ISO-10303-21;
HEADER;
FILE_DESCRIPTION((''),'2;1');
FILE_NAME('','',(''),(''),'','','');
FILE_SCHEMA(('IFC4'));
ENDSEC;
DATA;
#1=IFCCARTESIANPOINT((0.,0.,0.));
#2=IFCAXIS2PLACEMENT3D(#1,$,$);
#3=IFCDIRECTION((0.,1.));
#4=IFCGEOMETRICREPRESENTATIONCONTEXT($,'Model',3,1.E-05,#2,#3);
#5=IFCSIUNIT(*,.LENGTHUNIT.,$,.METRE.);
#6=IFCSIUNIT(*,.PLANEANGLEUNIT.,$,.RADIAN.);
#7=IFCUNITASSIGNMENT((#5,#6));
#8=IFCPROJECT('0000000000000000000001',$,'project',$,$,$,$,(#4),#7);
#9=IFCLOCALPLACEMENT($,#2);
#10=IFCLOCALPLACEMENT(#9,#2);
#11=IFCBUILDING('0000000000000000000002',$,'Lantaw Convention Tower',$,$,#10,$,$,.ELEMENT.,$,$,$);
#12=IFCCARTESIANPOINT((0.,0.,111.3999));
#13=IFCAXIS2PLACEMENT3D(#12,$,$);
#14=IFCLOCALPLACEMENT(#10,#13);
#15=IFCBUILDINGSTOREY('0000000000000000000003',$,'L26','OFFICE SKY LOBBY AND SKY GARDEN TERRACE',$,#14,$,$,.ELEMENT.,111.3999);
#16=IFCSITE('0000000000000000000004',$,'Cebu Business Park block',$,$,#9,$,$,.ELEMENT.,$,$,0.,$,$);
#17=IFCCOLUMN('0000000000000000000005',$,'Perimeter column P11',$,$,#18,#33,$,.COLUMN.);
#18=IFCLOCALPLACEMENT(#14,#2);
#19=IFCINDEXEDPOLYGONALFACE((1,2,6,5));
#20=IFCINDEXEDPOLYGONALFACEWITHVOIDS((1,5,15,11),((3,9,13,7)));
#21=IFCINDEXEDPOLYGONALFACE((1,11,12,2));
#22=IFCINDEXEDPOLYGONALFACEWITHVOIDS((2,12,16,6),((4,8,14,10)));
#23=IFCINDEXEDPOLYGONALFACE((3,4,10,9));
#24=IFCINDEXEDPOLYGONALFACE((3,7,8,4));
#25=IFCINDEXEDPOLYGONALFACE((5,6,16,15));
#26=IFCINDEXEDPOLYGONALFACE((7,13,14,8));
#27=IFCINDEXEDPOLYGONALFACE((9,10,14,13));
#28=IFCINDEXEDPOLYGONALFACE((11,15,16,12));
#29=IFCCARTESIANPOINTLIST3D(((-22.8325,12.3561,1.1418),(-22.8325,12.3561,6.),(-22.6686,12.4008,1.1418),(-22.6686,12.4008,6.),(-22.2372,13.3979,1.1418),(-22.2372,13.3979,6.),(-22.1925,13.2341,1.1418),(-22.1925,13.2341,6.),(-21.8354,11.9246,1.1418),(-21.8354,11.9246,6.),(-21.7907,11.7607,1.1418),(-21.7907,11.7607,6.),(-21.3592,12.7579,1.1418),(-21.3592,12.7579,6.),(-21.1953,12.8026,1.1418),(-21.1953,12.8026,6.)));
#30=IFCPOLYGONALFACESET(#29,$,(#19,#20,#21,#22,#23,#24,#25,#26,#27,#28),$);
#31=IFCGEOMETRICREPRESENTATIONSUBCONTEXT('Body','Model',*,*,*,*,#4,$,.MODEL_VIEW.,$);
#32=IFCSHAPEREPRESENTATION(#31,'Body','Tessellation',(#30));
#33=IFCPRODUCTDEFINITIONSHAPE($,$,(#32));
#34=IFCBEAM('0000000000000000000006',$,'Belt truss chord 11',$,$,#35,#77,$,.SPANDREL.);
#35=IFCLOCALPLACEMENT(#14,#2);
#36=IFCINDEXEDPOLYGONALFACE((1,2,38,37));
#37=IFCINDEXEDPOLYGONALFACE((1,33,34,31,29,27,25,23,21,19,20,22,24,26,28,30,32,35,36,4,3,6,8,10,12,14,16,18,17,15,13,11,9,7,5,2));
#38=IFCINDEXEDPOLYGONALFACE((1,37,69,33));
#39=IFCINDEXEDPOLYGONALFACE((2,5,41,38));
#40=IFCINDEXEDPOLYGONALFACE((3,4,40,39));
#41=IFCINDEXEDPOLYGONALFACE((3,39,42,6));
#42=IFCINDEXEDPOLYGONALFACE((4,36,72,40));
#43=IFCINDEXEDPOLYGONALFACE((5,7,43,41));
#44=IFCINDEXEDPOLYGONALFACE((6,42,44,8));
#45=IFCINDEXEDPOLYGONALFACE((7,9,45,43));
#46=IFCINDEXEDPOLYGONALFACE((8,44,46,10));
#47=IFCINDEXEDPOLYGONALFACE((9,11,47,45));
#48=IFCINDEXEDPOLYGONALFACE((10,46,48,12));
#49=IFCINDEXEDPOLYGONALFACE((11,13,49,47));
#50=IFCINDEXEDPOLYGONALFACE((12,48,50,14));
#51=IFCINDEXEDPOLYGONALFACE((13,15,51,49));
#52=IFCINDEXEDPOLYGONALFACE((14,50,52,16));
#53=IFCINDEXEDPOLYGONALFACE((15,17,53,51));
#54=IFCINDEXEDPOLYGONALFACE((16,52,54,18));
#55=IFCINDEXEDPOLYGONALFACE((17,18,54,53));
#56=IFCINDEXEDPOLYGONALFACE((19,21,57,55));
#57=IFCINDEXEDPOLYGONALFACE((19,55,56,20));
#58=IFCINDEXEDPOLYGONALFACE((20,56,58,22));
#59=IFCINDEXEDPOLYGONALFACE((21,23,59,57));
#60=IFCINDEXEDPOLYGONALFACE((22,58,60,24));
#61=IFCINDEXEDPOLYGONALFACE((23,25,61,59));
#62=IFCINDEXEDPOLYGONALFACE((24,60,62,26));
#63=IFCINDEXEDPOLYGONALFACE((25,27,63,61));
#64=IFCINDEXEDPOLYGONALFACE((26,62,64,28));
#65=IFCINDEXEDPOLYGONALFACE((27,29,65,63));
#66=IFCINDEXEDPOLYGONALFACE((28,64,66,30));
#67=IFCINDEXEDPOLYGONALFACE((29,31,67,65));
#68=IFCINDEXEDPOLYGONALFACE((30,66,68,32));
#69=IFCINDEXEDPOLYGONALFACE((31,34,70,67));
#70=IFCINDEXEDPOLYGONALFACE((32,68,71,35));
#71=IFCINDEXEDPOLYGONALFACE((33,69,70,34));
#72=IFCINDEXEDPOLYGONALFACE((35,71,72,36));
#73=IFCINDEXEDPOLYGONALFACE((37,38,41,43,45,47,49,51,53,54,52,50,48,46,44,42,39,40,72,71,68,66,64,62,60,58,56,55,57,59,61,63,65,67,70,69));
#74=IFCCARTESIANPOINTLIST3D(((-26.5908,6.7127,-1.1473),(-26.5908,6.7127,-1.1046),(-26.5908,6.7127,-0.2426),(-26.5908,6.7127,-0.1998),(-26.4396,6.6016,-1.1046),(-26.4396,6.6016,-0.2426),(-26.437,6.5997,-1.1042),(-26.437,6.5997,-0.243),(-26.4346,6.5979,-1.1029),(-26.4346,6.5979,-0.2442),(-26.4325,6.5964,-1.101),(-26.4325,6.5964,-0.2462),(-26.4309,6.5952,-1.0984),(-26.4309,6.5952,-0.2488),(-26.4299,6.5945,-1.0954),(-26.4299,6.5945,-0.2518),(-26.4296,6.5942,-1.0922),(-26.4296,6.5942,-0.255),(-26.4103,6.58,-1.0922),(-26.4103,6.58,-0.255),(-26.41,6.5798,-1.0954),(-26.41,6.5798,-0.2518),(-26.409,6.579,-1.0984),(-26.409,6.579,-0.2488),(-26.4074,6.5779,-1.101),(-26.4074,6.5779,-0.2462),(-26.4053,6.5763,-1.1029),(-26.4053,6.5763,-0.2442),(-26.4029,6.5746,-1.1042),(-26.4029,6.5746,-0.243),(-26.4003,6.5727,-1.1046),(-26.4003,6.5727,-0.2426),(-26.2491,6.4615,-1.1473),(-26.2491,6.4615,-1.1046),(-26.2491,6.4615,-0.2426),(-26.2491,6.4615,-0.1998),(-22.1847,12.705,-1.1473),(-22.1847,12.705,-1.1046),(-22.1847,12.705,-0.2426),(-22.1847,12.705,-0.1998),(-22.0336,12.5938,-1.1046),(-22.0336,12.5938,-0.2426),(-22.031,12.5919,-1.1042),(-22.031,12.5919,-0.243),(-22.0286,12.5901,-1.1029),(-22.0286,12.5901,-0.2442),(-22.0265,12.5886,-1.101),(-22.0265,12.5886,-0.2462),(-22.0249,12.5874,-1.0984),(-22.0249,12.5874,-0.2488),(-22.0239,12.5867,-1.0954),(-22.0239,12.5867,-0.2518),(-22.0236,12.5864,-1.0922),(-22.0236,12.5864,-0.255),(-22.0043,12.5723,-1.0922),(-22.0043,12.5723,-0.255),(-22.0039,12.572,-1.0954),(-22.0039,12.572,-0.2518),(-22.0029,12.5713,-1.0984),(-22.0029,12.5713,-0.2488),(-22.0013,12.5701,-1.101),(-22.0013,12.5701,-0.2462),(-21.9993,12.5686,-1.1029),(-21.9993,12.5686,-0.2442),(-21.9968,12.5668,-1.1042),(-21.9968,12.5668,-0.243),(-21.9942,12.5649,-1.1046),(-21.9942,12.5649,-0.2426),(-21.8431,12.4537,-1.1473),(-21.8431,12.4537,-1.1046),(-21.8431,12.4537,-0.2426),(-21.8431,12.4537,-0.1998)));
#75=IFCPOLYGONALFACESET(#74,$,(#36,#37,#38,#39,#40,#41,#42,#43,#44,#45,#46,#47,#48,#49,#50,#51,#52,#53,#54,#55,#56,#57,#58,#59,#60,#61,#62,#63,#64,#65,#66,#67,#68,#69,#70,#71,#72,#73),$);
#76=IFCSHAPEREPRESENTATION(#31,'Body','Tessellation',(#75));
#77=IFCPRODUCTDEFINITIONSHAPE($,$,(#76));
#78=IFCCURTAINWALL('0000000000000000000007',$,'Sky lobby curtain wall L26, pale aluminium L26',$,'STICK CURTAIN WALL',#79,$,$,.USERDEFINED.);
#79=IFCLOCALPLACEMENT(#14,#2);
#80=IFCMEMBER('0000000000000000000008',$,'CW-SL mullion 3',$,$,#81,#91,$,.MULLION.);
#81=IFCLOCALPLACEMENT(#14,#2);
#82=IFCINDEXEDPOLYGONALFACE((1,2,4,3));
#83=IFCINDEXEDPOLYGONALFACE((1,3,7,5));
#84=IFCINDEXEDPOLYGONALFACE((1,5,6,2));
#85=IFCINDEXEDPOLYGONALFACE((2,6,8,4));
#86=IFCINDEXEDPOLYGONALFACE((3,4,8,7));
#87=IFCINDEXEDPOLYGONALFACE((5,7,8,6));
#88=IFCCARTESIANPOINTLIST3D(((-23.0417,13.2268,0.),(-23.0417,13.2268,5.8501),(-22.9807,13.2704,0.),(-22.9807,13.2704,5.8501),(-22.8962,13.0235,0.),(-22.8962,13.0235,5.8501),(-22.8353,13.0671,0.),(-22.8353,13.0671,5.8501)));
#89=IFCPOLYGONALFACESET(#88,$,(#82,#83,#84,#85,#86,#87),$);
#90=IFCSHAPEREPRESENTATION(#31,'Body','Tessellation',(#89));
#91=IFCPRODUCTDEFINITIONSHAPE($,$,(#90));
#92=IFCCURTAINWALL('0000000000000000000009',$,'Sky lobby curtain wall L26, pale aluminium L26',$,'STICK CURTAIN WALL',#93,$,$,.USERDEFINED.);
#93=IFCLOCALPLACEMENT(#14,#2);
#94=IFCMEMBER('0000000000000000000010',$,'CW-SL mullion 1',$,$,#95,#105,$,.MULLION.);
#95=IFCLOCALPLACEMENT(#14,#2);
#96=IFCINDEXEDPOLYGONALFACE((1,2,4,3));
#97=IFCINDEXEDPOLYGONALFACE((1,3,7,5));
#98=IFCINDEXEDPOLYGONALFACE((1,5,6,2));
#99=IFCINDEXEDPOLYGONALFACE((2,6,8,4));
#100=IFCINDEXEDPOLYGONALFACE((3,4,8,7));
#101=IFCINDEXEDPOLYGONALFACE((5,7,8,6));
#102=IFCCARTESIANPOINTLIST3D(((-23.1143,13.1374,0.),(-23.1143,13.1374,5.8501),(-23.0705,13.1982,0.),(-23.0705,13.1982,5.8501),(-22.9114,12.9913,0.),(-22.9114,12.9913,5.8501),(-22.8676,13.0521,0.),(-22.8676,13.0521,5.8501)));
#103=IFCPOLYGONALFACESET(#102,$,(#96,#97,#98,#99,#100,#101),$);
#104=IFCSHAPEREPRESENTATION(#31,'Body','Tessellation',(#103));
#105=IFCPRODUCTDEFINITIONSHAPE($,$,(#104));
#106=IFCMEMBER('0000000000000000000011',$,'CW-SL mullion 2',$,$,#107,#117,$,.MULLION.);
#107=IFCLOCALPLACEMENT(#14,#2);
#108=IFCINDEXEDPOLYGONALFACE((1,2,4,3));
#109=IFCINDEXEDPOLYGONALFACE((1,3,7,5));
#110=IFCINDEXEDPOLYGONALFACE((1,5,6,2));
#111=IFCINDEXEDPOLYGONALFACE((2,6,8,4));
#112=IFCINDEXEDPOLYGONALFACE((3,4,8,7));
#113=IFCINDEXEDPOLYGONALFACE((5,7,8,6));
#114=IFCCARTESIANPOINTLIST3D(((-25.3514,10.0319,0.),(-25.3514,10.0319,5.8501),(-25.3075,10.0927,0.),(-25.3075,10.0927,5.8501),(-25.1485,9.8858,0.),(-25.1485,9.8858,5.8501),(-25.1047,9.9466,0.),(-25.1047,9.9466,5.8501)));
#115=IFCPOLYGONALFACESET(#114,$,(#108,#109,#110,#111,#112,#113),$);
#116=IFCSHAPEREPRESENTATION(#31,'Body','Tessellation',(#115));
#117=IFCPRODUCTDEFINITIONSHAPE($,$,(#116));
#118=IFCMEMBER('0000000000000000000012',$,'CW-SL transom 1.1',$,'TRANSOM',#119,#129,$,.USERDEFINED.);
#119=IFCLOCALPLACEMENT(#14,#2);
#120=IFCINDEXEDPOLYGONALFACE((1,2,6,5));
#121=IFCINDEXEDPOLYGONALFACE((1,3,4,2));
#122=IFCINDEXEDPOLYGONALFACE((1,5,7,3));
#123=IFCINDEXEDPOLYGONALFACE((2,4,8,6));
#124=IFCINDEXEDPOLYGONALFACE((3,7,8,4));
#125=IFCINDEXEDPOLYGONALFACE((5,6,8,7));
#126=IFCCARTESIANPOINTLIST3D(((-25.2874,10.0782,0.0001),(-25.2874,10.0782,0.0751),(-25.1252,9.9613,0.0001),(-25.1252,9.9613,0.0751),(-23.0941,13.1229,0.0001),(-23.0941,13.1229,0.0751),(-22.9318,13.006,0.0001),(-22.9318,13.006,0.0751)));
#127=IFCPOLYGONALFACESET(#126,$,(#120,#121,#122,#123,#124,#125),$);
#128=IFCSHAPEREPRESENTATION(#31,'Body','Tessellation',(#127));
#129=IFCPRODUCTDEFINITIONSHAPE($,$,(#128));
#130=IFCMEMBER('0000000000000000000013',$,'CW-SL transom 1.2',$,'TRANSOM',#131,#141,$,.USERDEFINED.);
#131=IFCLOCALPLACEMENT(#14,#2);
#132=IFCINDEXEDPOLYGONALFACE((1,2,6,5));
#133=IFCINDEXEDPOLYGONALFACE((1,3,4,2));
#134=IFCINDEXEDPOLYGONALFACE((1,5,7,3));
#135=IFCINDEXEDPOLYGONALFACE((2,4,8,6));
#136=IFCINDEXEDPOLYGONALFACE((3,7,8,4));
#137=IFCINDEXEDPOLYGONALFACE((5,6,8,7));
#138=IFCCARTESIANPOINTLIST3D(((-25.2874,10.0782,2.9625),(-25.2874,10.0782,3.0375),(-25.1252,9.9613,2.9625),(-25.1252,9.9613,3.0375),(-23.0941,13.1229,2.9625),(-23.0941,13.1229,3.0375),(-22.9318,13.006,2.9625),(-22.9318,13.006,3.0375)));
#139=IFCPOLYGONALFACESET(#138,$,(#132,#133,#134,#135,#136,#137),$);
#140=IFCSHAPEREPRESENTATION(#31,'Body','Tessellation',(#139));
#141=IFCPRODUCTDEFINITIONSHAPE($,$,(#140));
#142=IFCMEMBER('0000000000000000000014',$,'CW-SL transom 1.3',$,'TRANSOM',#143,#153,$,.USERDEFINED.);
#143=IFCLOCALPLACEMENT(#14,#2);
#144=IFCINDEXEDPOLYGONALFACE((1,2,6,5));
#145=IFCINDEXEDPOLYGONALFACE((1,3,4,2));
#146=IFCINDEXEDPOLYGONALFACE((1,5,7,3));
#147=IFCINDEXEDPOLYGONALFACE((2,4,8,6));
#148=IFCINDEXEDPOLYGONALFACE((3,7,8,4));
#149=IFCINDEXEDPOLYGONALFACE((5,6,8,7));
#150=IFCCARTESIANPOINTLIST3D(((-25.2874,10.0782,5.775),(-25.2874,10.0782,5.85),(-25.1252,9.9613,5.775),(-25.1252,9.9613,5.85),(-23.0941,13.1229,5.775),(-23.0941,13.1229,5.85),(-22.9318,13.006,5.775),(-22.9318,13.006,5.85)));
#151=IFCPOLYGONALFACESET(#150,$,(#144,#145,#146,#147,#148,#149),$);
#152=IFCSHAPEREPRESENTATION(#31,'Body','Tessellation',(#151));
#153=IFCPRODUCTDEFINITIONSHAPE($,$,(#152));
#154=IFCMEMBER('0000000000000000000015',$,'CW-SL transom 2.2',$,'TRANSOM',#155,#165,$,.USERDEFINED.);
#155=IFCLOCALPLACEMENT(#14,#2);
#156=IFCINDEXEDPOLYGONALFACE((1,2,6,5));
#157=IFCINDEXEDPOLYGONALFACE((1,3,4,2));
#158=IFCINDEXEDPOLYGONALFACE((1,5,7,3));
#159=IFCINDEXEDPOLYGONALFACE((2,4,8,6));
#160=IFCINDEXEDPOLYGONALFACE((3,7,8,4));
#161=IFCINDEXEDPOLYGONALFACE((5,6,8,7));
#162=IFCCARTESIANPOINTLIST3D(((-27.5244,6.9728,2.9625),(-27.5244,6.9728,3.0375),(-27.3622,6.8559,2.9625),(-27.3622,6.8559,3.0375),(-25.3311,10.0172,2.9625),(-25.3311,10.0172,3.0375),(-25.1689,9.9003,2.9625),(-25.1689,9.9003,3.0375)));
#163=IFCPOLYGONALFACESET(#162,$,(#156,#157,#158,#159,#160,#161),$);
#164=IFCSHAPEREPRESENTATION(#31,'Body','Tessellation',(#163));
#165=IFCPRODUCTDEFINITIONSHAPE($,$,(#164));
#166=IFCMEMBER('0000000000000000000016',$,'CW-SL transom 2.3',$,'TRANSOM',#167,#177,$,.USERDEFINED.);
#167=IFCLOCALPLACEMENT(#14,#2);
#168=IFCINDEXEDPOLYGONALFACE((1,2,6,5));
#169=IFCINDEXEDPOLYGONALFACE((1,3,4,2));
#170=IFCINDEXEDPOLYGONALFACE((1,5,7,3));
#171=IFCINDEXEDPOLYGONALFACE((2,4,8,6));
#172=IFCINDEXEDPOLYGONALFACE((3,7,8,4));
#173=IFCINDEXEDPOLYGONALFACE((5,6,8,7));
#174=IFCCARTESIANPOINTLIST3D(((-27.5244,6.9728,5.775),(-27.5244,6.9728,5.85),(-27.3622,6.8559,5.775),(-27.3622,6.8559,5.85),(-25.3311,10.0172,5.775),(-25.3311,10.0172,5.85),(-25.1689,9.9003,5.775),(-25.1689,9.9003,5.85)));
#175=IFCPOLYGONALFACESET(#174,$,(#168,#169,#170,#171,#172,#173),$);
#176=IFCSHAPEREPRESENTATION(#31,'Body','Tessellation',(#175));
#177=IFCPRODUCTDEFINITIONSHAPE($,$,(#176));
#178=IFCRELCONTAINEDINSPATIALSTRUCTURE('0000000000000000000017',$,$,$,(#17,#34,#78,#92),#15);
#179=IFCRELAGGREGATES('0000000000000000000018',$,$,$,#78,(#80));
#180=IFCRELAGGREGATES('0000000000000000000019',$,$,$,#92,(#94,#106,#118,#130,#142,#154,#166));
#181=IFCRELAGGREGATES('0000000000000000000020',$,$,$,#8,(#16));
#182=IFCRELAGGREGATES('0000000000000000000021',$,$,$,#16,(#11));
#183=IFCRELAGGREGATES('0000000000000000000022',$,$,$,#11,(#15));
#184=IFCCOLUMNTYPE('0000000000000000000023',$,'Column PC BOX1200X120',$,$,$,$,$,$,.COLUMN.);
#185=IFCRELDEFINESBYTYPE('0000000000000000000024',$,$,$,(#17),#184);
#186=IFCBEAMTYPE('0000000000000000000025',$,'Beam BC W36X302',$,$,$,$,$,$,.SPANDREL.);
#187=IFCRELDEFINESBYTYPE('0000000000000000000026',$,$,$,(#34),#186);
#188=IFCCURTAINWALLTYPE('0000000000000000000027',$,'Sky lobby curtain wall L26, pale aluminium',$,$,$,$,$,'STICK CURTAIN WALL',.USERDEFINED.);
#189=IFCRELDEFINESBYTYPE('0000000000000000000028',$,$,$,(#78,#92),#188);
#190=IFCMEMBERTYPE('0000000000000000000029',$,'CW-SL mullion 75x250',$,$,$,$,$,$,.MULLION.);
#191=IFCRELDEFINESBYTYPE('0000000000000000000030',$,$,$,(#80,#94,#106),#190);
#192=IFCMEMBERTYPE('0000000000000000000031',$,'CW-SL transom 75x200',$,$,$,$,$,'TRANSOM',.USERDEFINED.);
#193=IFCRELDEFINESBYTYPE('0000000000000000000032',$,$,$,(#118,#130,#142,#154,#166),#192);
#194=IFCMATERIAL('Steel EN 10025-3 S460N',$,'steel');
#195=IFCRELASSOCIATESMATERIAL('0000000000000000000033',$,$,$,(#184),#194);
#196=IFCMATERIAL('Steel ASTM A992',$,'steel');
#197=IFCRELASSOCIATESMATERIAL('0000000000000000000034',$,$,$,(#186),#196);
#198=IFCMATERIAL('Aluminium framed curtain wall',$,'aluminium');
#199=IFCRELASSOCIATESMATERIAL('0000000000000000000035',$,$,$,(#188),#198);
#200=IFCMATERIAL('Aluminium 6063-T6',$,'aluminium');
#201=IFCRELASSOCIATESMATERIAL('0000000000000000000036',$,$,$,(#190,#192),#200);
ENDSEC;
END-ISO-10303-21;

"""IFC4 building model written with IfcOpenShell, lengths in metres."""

from ifc_helpers import new_model, si_unit, direction, frame, origin, origin_2d, place, context, subcontext, project, spatial, rectangle, hollow_rectangle, i_section, extrude, material, material_profile, profile_set, type_object, element, aggregate, save


model = new_model("IFC4")

# Units and contexts
model_context = context("Model", 3, precision=1e-05, world=origin(), true_north=direction((0.0, 1.0)))
body_context = subcontext(model_context, "Body", "Model", "MODEL_VIEW")
ifc_project = project(units=[si_unit("LENGTHUNIT", "METRE"), si_unit("PLANEANGLEUNIT", "RADIAN")], contexts=[model_context])

# Site, building, storey
site_placement = place(None, origin())
site = spatial("IfcSite", under=ifc_project, at=site_placement, Name="Cebu Business Park block", CompositionType="ELEMENT", RefElevation=0.0)
building_placement = place(site_placement, origin())
building = spatial("IfcBuilding", under=site, at=building_placement, Name="Lantaw Convention Tower", CompositionType="ELEMENT")
storey_placement = place(building_placement, frame((0.0, 0.0, 111.3999)))
storey = spatial("IfcBuildingStorey", under=building, at=storey_placement, Name="L26", Description="OFFICE SKY LOBBY AND SKY GARDEN TERRACE", CompositionType="ELEMENT", Elevation=111.3999)

# Column
ifc_material_1 = material(Name="Steel EN 10025-3 S460N", Category="steel")
ifc_material_profile_1 = material_profile(ifc_material_1, hollow_rectangle(XDim=1.2, YDim=1.2, WallThickness=0.1201, at=origin_2d()), Name="BOX1200X120")
ifc_material_2 = material(Name="Concrete C60/75", Category="concrete")
ifc_material_profile_2 = material_profile(ifc_material_2, rectangle(XDim=0.96, YDim=0.96, at=origin_2d()), Name="Concrete fill of BOX1200X120")
ifc_profile_set_1 = profile_set([ifc_material_profile_1, ifc_material_profile_2], Name="Steel EN 10025-3 S460N")
column_type = type_object("IfcColumnType", Name="Column PC BOX1200X120", PredefinedType="COLUMN", material=ifc_profile_set_1)
column_placement = place(storey_placement, frame((-22.0139, 12.5793, 1.1418), z_axis=(0.0, 0.0, 1.0), x_axis=(0.496139, 0.868243, 0.0)))
element("IfcColumn", 1, at=column_placement, inside=storey, type_object=column_type, Name="Perimeter column P11", PredefinedType="COLUMN", context=body_context, shape_type="SweptSolid", body=[
    extrude(hollow_rectangle(XDim=1.2, YDim=1.2, WallThickness=0.1201, at=origin_2d()), origin(), (0.0, 0.0, 1.0), 4.8582),
])

# Beam
ifc_material_3 = material(Name="Steel ASTM A992", Category="steel")
ifc_material_profile_3 = material_profile(ifc_material_3, i_section(OverallWidth=0.4241, OverallDepth=0.9475, WebThickness=0.0239, FlangeThickness=0.0427, FilletRadius=0.0125, at=origin_2d()), Name="W36X302")
ifc_profile_set_2 = profile_set([ifc_material_profile_3], Name="Steel ASTM A992")
beam_type = type_object("IfcBeamType", Name="Beam BC W36X302", PredefinedType="SPANDREL", material=ifc_profile_set_2)
beam_placement = place(storey_placement, frame((-22.0139, 12.5793, -0.6736), z_axis=(-0.592389, -0.805652, 0.0), x_axis=(0.805652, -0.592389, 0.0)))
element("IfcBeam", 2, at=beam_placement, inside=storey, type_object=beam_type, Name="Belt truss chord 11", PredefinedType="SPANDREL", context=body_context, shape_type="SweptSolid", body=[
    extrude(i_section(OverallWidth=0.4241, OverallDepth=0.9475, WebThickness=0.0239, FlangeThickness=0.0427, FilletRadius=0.0125, at=origin_2d()), origin(), (0.0, 0.0, 1.0), 7.4377),
])

# Curtain wall, member
ifc_material_4 = material(Name="Aluminium framed curtain wall", Category="aluminium")
curtain_wall_type = type_object("IfcCurtainWallType", Name="Sky lobby curtain wall L26, pale aluminium", ElementType="STICK CURTAIN WALL", PredefinedType="USERDEFINED", material=ifc_material_4)
curtain_wall_1_placement = place(storey_placement, origin())
curtain_wall_1 = element("IfcCurtainWall", 3, at=curtain_wall_1_placement, inside=storey, type_object=curtain_wall_type, Name="Sky lobby curtain wall L26, pale aluminium L26", ObjectType="STICK CURTAIN WALL", PredefinedType="USERDEFINED")
ifc_material_5 = material(Name="Aluminium 6063-T6", Category="aluminium")
ifc_material_profile_4 = material_profile(ifc_material_5, rectangle(XDim=0.25, YDim=0.075, at=origin_2d()), Name="CW-SL mullion 75x250")
ifc_profile_set_3 = profile_set([ifc_material_profile_4], Name="Aluminium 6063-T6")
member_type_1 = type_object("IfcMemberType", Name="CW-SL mullion 75x250", PredefinedType="MULLION", material=ifc_profile_set_3)
member_1_placement = place(storey_placement, frame((-22.9385, 13.147, 0.0), z_axis=(0.0, 0.0, 1.0), x_axis=(0.581973, -0.813208, 0.0)))
member_1 = element("IfcMember", 4, at=member_1_placement, type_object=member_type_1, Name="CW-SL mullion 3", PredefinedType="MULLION", context=body_context, shape_type="SweptSolid", body=[
    extrude(rectangle(XDim=0.25, YDim=0.075, at=origin_2d()), origin(), (0.0, 0.0, 1.0), 5.8501),
])

# Curtain wall, members
curtain_wall_2_placement = place(storey_placement, origin())
curtain_wall_2 = element("IfcCurtainWall", 5, at=curtain_wall_2_placement, inside=storey, type_object=curtain_wall_type, Name="Sky lobby curtain wall L26, pale aluminium L26", ObjectType="STICK CURTAIN WALL", PredefinedType="USERDEFINED")
member_2_placement = place(storey_placement, frame((-22.991, 13.0947, 0.0), z_axis=(0.0, 0.0, 1.0), x_axis=(0.811385, -0.584513, 0.0)))
member_2 = element("IfcMember", 6, at=member_2_placement, type_object=member_type_1, Name="CW-SL mullion 1", PredefinedType="MULLION", context=body_context, shape_type="SweptSolid", body=[
    extrude(rectangle(XDim=0.25, YDim=0.075, at=origin_2d()), origin(), (0.0, 0.0, 1.0), 5.8501),
])
member_3_placement = place(storey_placement, frame((-25.228, 9.9893, 0.0), z_axis=(0.0, 0.0, 1.0), x_axis=(0.811385, -0.584513, 0.0)))
member_3 = element("IfcMember", 7, at=member_3_placement, type_object=member_type_1, Name="CW-SL mullion 2", PredefinedType="MULLION", context=body_context, shape_type="SweptSolid", body=[
    extrude(rectangle(XDim=0.25, YDim=0.075, at=origin_2d()), origin(), (0.0, 0.0, 1.0), 5.8501),
])
ifc_material_profile_5 = material_profile(ifc_material_5, rectangle(XDim=0.2, YDim=0.075, at=origin_2d()), Name="CW-SL transom 75x200")
ifc_profile_set_4 = profile_set([ifc_material_profile_5], Name="Aluminium 6063-T6")
member_type_2 = type_object("IfcMemberType", Name="CW-SL transom 75x200", ElementType="TRANSOM", PredefinedType="USERDEFINED", material=ifc_profile_set_4)
member_4_placement = place(storey_placement, frame((-23.0129, 13.0645, 0.0376), z_axis=(-0.584514, -0.811384, 0.0), x_axis=(0.811384, -0.584514, 0.0)))
member_4 = element("IfcMember", 8, at=member_4_placement, type_object=member_type_2, Name="CW-SL transom 1.1", ObjectType="TRANSOM", PredefinedType="USERDEFINED", context=body_context, shape_type="SweptSolid", body=[
    extrude(rectangle(XDim=0.2, YDim=0.075, at=origin_2d()), origin(), (0.0, 0.0, 1.0), 3.7524),
])
member_5_placement = place(storey_placement, frame((-23.0129, 13.0645, 3.0), z_axis=(-0.584514, -0.811384, 0.0), x_axis=(0.811384, -0.584514, 0.0)))
member_5 = element("IfcMember", 9, at=member_5_placement, type_object=member_type_2, Name="CW-SL transom 1.2", ObjectType="TRANSOM", PredefinedType="USERDEFINED", context=body_context, shape_type="SweptSolid", body=[
    extrude(rectangle(XDim=0.2, YDim=0.075, at=origin_2d()), origin(), (0.0, 0.0, 1.0), 3.7524),
])
member_6_placement = place(storey_placement, frame((-23.0129, 13.0645, 5.8125), z_axis=(-0.584514, -0.811384, 0.0), x_axis=(0.811384, -0.584514, 0.0)))
member_6 = element("IfcMember", 10, at=member_6_placement, type_object=member_type_2, Name="CW-SL transom 1.3", ObjectType="TRANSOM", PredefinedType="USERDEFINED", context=body_context, shape_type="SweptSolid", body=[
    extrude(rectangle(XDim=0.2, YDim=0.075, at=origin_2d()), origin(), (0.0, 0.0, 1.0), 3.7524),
])
member_7_placement = place(storey_placement, frame((-25.25, 9.9587, 3.0), z_axis=(-0.584545, -0.811362, 0.0), x_axis=(0.811362, -0.584545, 0.0)))
member_7 = element("IfcMember", 11, at=member_7_placement, type_object=member_type_2, Name="CW-SL transom 2.2", ObjectType="TRANSOM", PredefinedType="USERDEFINED", context=body_context, shape_type="SweptSolid", body=[
    extrude(rectangle(XDim=0.2, YDim=0.075, at=origin_2d()), origin(), (0.0, 0.0, 1.0), 3.7522),
])
member_8_placement = place(storey_placement, frame((-25.25, 9.9587, 5.8125), z_axis=(-0.584545, -0.811362, 0.0), x_axis=(0.811362, -0.584545, 0.0)))
member_8 = element("IfcMember", 12, at=member_8_placement, type_object=member_type_2, Name="CW-SL transom 2.3", ObjectType="TRANSOM", PredefinedType="USERDEFINED", context=body_context, shape_type="SweptSolid", body=[
    extrude(rectangle(XDim=0.2, YDim=0.075, at=origin_2d()), origin(), (0.0, 0.0, 1.0), 3.7522),
])

aggregate(curtain_wall_1, [member_1])
aggregate(curtain_wall_2, [member_2, member_3, member_4, member_5, member_6, member_7, member_8])

save(model, "model.ifc")
